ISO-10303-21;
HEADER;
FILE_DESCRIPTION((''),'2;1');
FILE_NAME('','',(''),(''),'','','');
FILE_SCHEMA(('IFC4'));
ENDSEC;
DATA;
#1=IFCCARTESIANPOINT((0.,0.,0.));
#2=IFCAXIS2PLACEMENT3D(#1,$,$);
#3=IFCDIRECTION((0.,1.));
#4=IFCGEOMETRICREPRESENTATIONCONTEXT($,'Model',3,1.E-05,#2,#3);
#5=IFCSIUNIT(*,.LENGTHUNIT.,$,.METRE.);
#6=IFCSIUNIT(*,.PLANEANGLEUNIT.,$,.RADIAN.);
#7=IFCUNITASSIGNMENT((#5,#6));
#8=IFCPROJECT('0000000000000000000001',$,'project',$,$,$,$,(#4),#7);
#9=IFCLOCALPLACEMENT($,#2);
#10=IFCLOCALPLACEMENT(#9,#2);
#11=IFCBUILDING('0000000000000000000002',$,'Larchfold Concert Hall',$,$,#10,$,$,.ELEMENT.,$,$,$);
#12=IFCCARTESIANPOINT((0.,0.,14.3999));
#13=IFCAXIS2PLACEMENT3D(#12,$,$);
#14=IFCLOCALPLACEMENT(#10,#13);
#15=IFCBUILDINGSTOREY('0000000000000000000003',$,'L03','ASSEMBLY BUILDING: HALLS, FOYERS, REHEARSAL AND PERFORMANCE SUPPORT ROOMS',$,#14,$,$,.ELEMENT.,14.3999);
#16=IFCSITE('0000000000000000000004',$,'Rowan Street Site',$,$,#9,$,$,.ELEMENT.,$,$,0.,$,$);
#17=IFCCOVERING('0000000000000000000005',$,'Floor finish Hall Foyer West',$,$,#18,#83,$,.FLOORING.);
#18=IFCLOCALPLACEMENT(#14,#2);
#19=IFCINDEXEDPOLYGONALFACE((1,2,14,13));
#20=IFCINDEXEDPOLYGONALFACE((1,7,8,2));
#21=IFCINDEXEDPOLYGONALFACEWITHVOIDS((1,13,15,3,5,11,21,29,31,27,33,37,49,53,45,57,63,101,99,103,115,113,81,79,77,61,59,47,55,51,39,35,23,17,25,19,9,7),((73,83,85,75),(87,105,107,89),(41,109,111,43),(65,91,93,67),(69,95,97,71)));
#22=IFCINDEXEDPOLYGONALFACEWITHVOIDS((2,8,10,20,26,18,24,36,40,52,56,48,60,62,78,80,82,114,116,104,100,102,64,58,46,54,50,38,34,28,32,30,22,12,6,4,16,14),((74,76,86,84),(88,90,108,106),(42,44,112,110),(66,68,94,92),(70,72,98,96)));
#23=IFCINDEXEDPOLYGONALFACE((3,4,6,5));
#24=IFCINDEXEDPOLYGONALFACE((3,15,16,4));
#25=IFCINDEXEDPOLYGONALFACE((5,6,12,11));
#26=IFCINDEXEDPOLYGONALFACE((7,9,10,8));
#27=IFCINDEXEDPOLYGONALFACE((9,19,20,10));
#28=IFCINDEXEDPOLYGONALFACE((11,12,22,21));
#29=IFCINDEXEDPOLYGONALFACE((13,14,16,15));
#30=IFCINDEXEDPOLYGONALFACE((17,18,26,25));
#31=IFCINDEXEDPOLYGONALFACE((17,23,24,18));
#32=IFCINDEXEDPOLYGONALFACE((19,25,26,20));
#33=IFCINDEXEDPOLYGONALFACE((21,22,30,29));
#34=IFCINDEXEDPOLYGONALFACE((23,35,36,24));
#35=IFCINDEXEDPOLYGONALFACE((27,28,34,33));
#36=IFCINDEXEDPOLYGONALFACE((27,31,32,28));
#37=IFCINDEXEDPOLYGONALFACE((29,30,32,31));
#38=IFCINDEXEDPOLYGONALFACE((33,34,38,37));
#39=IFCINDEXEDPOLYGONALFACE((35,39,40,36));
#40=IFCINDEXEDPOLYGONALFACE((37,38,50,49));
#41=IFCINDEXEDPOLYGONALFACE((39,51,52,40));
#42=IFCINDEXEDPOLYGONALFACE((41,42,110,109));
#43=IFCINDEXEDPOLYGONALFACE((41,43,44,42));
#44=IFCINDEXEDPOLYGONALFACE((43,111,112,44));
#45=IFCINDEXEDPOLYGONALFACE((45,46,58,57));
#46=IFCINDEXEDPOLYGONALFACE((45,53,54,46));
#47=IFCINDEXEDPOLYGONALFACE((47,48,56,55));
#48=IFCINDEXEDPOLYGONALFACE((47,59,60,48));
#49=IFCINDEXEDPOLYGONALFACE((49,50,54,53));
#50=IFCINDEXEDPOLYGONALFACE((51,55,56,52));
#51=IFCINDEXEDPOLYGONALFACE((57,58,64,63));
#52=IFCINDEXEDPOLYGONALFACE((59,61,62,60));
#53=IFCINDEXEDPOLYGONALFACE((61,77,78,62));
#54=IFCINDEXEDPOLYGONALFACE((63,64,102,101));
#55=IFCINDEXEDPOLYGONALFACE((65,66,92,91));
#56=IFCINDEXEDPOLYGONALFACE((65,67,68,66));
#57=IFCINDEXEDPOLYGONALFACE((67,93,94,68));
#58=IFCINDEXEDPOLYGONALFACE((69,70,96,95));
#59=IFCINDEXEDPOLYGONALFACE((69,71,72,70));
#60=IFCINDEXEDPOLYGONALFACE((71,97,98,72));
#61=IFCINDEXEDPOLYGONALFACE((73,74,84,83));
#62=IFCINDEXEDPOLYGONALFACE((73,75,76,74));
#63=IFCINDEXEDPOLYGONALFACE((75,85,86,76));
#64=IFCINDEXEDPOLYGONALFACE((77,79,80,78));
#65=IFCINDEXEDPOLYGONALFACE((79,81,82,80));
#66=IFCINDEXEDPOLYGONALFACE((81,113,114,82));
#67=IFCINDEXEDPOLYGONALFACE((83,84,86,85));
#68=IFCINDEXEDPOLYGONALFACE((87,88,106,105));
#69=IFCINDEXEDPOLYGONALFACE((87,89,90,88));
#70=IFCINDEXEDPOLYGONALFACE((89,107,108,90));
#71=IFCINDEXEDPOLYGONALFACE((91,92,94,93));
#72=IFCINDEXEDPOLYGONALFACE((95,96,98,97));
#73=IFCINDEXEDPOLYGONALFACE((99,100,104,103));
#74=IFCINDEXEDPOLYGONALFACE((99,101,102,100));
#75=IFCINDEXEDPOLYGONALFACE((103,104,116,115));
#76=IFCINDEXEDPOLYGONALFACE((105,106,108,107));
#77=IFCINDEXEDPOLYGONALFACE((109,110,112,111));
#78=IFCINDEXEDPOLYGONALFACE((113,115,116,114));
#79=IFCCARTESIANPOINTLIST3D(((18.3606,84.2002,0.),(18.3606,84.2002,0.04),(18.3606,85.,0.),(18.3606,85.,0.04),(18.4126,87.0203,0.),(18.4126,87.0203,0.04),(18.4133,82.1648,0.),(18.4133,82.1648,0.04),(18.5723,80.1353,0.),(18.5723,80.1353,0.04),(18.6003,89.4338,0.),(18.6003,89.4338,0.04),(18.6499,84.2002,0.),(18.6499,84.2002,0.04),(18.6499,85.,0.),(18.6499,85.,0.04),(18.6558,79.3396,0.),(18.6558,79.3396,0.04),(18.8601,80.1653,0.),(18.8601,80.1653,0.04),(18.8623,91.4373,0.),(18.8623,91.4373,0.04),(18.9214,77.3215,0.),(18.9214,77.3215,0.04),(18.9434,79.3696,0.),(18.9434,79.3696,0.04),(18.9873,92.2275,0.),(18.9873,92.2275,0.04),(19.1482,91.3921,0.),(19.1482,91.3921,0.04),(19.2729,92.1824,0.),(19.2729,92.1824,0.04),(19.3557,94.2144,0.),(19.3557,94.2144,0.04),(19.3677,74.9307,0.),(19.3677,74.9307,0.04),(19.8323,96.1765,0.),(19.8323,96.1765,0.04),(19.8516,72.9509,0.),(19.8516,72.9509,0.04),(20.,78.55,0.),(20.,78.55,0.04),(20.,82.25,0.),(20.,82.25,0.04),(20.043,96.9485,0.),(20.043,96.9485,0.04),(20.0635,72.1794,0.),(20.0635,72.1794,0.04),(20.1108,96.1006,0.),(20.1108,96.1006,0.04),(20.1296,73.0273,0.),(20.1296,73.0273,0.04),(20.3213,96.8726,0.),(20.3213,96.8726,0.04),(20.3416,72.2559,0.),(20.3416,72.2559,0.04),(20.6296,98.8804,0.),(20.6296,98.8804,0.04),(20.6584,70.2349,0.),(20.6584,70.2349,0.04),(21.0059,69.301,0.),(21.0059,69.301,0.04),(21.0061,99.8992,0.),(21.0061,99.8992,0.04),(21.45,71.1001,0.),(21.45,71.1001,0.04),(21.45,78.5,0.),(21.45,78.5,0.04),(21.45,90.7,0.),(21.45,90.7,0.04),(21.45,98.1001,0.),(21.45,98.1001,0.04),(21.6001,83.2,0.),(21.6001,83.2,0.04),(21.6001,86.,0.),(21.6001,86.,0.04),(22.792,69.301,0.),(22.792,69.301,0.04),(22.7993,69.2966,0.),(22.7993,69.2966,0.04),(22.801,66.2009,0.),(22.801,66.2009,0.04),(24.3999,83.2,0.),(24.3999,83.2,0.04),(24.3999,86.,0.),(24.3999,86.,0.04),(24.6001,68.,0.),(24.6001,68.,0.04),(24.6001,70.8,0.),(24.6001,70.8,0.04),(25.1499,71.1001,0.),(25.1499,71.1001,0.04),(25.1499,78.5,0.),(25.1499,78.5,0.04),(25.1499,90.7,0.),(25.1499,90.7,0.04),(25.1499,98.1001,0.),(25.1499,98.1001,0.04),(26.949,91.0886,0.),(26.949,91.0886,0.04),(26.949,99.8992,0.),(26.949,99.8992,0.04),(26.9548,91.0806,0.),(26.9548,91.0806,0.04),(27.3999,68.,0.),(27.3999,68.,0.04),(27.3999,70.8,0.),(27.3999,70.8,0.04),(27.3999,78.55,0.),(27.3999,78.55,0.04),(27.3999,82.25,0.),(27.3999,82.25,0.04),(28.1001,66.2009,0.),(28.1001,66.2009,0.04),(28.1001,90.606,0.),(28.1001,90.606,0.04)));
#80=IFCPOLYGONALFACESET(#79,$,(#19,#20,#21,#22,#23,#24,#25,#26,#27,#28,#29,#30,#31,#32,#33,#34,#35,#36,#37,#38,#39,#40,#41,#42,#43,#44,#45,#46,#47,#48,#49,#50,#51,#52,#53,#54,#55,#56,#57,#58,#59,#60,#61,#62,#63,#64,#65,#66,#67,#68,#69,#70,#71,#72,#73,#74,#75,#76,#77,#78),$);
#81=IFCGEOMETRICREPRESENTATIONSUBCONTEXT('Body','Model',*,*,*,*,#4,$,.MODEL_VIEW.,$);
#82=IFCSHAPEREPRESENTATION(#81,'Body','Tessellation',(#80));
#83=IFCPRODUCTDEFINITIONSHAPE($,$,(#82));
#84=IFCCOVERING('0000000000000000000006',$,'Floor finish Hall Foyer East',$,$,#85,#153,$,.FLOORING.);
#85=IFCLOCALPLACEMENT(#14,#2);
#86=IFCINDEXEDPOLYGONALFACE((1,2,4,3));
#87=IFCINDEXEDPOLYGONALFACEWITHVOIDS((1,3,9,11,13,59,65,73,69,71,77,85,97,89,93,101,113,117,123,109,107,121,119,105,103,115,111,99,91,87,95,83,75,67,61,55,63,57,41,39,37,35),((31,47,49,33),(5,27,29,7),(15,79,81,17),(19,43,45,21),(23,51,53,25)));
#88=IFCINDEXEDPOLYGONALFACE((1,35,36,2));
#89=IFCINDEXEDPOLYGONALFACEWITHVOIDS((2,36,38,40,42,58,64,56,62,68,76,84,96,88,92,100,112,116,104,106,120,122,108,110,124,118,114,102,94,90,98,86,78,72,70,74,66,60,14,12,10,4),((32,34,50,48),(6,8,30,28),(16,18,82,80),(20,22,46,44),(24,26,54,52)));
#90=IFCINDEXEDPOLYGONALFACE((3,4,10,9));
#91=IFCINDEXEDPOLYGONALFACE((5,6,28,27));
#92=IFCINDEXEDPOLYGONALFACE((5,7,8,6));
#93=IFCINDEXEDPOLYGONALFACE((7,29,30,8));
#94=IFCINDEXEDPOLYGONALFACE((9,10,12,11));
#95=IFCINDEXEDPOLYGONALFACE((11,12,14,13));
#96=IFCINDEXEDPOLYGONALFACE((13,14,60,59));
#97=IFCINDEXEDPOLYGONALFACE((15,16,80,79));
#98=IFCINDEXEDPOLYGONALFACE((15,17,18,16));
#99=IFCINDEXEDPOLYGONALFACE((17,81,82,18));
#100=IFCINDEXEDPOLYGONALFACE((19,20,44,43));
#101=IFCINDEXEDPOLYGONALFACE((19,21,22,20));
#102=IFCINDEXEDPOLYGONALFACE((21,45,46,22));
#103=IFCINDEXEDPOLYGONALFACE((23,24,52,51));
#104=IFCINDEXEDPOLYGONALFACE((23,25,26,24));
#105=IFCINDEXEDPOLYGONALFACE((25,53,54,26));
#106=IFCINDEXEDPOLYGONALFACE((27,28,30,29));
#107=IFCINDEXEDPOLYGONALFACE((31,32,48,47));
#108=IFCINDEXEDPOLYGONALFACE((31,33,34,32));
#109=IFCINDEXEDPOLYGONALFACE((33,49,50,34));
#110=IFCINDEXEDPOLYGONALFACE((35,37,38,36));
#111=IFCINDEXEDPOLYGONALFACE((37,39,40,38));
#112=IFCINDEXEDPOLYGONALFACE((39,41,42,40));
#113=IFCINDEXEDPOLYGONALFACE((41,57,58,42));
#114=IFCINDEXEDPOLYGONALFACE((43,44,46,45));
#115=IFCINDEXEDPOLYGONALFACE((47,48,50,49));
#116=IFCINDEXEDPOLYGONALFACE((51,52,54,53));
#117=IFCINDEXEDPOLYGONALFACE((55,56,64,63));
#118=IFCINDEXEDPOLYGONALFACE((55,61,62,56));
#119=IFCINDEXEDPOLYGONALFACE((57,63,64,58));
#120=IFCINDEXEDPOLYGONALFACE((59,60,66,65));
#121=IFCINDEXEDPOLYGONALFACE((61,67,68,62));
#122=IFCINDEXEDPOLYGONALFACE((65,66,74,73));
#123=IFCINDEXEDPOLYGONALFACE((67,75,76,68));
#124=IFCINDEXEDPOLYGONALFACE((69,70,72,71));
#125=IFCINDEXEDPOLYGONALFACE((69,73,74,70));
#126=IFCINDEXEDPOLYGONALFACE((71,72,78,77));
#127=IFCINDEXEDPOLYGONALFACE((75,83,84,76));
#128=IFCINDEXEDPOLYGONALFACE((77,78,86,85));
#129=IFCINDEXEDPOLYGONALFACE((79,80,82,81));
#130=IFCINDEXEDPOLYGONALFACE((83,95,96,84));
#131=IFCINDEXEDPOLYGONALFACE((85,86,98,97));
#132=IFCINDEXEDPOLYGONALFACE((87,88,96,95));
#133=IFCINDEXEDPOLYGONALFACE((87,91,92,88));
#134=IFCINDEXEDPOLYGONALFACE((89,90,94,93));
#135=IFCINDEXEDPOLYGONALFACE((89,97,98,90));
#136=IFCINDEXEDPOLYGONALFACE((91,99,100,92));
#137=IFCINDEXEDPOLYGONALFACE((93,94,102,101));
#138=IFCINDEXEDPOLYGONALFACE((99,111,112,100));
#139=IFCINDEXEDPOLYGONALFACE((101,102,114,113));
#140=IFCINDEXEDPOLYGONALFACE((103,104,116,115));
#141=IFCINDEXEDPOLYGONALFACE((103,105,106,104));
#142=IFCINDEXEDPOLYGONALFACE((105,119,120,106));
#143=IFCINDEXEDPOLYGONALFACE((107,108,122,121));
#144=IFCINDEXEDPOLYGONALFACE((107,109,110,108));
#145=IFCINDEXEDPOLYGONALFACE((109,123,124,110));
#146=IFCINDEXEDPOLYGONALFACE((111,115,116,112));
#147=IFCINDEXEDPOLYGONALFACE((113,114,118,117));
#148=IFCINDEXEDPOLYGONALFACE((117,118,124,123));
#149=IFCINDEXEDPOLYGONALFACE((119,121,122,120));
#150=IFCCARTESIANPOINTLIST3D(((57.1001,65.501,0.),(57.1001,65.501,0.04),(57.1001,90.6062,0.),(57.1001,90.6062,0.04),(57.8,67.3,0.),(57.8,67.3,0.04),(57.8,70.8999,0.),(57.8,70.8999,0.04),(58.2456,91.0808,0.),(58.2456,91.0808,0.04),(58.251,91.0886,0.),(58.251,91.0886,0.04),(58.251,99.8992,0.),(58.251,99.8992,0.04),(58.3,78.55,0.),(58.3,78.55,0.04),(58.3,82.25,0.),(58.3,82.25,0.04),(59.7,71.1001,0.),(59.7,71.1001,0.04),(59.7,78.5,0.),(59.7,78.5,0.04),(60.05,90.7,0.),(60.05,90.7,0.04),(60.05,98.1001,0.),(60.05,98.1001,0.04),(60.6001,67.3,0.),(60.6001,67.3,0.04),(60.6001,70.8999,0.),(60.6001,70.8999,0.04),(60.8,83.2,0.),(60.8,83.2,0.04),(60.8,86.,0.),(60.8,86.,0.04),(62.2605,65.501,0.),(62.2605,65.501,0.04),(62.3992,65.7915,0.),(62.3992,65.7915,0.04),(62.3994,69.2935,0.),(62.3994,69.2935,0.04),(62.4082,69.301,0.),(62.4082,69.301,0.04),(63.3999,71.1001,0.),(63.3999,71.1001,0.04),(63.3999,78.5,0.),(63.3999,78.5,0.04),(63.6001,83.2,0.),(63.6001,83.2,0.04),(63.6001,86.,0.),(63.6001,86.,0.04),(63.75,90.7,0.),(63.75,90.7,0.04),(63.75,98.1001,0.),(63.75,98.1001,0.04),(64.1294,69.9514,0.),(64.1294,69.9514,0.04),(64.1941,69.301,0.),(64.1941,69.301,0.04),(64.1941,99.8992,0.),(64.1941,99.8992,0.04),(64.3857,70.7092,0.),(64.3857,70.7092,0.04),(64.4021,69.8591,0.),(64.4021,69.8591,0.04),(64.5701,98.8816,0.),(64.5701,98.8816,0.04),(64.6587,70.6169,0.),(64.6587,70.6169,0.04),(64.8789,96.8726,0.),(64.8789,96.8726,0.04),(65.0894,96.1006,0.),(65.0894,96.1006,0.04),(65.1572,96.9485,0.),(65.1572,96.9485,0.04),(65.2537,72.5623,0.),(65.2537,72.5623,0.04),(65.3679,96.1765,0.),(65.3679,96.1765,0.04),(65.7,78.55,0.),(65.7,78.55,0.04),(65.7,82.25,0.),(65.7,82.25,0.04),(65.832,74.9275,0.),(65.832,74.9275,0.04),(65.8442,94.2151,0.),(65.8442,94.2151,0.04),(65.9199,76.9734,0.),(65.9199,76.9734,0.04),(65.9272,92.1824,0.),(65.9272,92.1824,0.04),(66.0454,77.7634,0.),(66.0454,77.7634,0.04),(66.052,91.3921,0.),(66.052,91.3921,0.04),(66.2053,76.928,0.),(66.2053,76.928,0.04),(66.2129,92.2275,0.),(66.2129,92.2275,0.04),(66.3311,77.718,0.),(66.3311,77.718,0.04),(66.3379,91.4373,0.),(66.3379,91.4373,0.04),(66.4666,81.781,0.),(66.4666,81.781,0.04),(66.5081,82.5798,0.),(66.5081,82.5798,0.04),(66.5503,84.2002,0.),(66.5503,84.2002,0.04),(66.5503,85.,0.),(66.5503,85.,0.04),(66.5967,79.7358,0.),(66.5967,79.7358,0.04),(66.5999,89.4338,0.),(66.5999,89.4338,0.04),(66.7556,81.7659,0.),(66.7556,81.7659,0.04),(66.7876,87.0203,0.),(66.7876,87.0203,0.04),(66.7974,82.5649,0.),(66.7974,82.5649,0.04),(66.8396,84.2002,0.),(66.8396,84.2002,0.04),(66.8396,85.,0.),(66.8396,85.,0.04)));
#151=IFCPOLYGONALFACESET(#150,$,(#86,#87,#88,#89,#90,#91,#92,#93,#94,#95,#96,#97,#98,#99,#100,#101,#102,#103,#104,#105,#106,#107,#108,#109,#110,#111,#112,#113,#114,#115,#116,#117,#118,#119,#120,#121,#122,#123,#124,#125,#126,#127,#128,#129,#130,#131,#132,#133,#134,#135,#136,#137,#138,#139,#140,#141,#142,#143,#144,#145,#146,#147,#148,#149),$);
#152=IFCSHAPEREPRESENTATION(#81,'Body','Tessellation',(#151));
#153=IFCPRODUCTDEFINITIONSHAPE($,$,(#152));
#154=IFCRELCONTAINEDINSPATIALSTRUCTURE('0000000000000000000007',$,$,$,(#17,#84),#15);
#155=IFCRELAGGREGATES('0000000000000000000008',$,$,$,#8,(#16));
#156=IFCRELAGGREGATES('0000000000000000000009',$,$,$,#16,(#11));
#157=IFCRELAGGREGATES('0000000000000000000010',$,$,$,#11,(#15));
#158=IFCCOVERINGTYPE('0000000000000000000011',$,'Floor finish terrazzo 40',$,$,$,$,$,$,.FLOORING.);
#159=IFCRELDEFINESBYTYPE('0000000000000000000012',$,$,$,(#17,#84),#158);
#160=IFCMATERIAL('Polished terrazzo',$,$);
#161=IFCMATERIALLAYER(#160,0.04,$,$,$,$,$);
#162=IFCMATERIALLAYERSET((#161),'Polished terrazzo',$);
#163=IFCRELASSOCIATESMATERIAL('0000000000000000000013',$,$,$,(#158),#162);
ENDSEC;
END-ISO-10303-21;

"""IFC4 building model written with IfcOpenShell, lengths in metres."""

from ifc_helpers import new_model, si_unit, direction, frame, origin, place, context, subcontext, project, spatial, polyline, outline, extrude, material, layer, layer_set, type_object, element, save


model = new_model("IFC4")

# Units and contexts
model_context = context("Model", 3, precision=1e-05, world=origin(), true_north=direction((0.0, 1.0)))
body_context = subcontext(model_context, "Body", "Model", "MODEL_VIEW")
ifc_project = project(units=[si_unit("LENGTHUNIT", "METRE"), si_unit("PLANEANGLEUNIT", "RADIAN")], contexts=[model_context])

# Site, building, storey
site_placement = place(None, origin())
site = spatial("IfcSite", under=ifc_project, at=site_placement, Name="Rowan Street Site", CompositionType="ELEMENT", RefElevation=0.0)
building_placement = place(site_placement, origin())
building = spatial("IfcBuilding", under=site, at=building_placement, Name="Larchfold Concert Hall", CompositionType="ELEMENT")
storey_placement = place(building_placement, frame((0.0, 0.0, 14.3999)))
storey = spatial("IfcBuildingStorey", under=building, at=storey_placement, Name="L03", Description="ASSEMBLY BUILDING: HALLS, FOYERS, REHEARSAL AND PERFORMANCE SUPPORT ROOMS", CompositionType="ELEMENT", Elevation=14.3999)

# Coverings
ifc_material_1 = material(Name="Polished terrazzo")
ifc_layer_1 = layer(ifc_material_1, 0.04)
ifc_layer_set_1 = layer_set([ifc_layer_1], Name="Polished terrazzo")
covering_type_1 = type_object("IfcCoveringType", Name="Floor finish terrazzo 40", PredefinedType="FLOORING", material=ifc_layer_set_1)
covering_1_placement = place(storey_placement, origin())
element("IfcCovering", 1, at=covering_1_placement, inside=storey, type_object=covering_type_1, Name="Floor finish Hall Foyer West", PredefinedType="FLOORING", context=body_context, shape_type="SweptSolid", body=[
    extrude(outline(polyline([(18.4133, 82.1648), (18.5723, 80.1353), (18.8601, 80.1653), (18.9434, 79.3696), (18.6558, 79.3396), (18.9214, 77.3215), (19.3677, 74.9307), (19.8516, 72.9509), (20.1296, 73.0273), (20.3416, 72.2559), (20.0635, 72.1794), (20.6584, 70.2349), (21.0059, 69.301), (22.792, 69.301), (22.7993, 69.2966), (22.801, 66.2009), (28.1001, 66.2009), (28.1001, 90.606), (26.9548, 91.0806), (26.949, 91.0886), (26.949, 99.8992), (21.0061, 99.8992), (20.6296, 98.8804), (20.043, 96.9485), (20.3213, 96.8726), (20.1108, 96.1006), (19.8323, 96.1765), (19.3557, 94.2144), (18.9873, 92.2275), (19.2729, 92.1824), (19.1482, 91.3921), (18.8623, 91.4373), (18.6003, 89.4338), (18.4126, 87.0203), (18.3606, 85.0), (18.6499, 85.0), (18.6499, 84.2002), (18.3606, 84.2002), (18.4133, 82.1648)]), holes=[polyline([(20.0, 78.55), (20.0, 82.25), (27.3999, 82.25), (27.3999, 78.55), (20.0, 78.55)]), polyline([(24.6001, 68.0), (24.6001, 70.8), (27.3999, 70.8), (27.3999, 68.0), (24.6001, 68.0)]), polyline([(21.45, 71.1001), (21.45, 78.5), (25.1499, 78.5), (25.1499, 71.1001), (21.45, 71.1001)]), polyline([(21.45, 90.7), (21.45, 98.1001), (25.1499, 98.1001), (25.1499, 90.7), (21.45, 90.7)]), polyline([(21.6001, 83.2), (21.6001, 86.0), (24.3999, 86.0), (24.3999, 83.2), (21.6001, 83.2)])]), origin(), (0.0, 0.0, 1.0), 0.04),
])
covering_2_placement = place(storey_placement, origin())
element("IfcCovering", 2, at=covering_2_placement, inside=storey, type_object=covering_type_1, Name="Floor finish Hall Foyer East", PredefinedType="FLOORING", context=body_context, shape_type="SweptSolid", body=[
    extrude(outline(polyline([(58.2456, 91.0808), (57.1001, 90.6062), (57.1001, 65.501), (62.2605, 65.501), (62.3992, 65.7915), (62.3994, 69.2935), (62.4082, 69.301), (64.1941, 69.301), (64.4021, 69.8591), (64.1294, 69.9514), (64.3857, 70.7092), (64.6587, 70.6169), (65.2537, 72.5623), (65.832, 74.9275), (66.2053, 76.928), (65.9199, 76.9734), (66.0454, 77.7634), (66.3311, 77.718), (66.5967, 79.7358), (66.7556, 81.7659), (66.4666, 81.781), (66.5081, 82.5798), (66.7974, 82.5649), (66.8396, 84.2002), (66.5503, 84.2002), (66.5503, 85.0), (66.8396, 85.0), (66.7876, 87.0203), (66.5999, 89.4338), (66.3379, 91.4373), (66.052, 91.3921), (65.9272, 92.1824), (66.2129, 92.2275), (65.8442, 94.2151), (65.3679, 96.1765), (65.0894, 96.1006), (64.8789, 96.8726), (65.1572, 96.9485), (64.5701, 98.8816), (64.1941, 99.8992), (58.251, 99.8992), (58.251, 91.0886), (58.2456, 91.0808)]), holes=[polyline([(58.3, 82.25), (65.7, 82.25), (65.7, 78.55), (58.3, 78.55), (58.3, 82.25)]), polyline([(60.05, 90.7), (60.05, 98.1001), (63.75, 98.1001), (63.75, 90.7), (60.05, 90.7)]), polyline([(60.8, 86.0), (63.6001, 86.0), (63.6001, 83.2), (60.8, 83.2), (60.8, 86.0)]), polyline([(59.7, 78.5), (63.3999, 78.5), (63.3999, 71.1001), (59.7, 71.1001), (59.7, 78.5)]), polyline([(57.8, 67.3), (57.8, 70.8999), (60.6001, 70.8999), (60.6001, 67.3), (57.8, 67.3)])]), origin(), (0.0, 0.0, 1.0), 0.04),
])

save(model, "model.ifc")
